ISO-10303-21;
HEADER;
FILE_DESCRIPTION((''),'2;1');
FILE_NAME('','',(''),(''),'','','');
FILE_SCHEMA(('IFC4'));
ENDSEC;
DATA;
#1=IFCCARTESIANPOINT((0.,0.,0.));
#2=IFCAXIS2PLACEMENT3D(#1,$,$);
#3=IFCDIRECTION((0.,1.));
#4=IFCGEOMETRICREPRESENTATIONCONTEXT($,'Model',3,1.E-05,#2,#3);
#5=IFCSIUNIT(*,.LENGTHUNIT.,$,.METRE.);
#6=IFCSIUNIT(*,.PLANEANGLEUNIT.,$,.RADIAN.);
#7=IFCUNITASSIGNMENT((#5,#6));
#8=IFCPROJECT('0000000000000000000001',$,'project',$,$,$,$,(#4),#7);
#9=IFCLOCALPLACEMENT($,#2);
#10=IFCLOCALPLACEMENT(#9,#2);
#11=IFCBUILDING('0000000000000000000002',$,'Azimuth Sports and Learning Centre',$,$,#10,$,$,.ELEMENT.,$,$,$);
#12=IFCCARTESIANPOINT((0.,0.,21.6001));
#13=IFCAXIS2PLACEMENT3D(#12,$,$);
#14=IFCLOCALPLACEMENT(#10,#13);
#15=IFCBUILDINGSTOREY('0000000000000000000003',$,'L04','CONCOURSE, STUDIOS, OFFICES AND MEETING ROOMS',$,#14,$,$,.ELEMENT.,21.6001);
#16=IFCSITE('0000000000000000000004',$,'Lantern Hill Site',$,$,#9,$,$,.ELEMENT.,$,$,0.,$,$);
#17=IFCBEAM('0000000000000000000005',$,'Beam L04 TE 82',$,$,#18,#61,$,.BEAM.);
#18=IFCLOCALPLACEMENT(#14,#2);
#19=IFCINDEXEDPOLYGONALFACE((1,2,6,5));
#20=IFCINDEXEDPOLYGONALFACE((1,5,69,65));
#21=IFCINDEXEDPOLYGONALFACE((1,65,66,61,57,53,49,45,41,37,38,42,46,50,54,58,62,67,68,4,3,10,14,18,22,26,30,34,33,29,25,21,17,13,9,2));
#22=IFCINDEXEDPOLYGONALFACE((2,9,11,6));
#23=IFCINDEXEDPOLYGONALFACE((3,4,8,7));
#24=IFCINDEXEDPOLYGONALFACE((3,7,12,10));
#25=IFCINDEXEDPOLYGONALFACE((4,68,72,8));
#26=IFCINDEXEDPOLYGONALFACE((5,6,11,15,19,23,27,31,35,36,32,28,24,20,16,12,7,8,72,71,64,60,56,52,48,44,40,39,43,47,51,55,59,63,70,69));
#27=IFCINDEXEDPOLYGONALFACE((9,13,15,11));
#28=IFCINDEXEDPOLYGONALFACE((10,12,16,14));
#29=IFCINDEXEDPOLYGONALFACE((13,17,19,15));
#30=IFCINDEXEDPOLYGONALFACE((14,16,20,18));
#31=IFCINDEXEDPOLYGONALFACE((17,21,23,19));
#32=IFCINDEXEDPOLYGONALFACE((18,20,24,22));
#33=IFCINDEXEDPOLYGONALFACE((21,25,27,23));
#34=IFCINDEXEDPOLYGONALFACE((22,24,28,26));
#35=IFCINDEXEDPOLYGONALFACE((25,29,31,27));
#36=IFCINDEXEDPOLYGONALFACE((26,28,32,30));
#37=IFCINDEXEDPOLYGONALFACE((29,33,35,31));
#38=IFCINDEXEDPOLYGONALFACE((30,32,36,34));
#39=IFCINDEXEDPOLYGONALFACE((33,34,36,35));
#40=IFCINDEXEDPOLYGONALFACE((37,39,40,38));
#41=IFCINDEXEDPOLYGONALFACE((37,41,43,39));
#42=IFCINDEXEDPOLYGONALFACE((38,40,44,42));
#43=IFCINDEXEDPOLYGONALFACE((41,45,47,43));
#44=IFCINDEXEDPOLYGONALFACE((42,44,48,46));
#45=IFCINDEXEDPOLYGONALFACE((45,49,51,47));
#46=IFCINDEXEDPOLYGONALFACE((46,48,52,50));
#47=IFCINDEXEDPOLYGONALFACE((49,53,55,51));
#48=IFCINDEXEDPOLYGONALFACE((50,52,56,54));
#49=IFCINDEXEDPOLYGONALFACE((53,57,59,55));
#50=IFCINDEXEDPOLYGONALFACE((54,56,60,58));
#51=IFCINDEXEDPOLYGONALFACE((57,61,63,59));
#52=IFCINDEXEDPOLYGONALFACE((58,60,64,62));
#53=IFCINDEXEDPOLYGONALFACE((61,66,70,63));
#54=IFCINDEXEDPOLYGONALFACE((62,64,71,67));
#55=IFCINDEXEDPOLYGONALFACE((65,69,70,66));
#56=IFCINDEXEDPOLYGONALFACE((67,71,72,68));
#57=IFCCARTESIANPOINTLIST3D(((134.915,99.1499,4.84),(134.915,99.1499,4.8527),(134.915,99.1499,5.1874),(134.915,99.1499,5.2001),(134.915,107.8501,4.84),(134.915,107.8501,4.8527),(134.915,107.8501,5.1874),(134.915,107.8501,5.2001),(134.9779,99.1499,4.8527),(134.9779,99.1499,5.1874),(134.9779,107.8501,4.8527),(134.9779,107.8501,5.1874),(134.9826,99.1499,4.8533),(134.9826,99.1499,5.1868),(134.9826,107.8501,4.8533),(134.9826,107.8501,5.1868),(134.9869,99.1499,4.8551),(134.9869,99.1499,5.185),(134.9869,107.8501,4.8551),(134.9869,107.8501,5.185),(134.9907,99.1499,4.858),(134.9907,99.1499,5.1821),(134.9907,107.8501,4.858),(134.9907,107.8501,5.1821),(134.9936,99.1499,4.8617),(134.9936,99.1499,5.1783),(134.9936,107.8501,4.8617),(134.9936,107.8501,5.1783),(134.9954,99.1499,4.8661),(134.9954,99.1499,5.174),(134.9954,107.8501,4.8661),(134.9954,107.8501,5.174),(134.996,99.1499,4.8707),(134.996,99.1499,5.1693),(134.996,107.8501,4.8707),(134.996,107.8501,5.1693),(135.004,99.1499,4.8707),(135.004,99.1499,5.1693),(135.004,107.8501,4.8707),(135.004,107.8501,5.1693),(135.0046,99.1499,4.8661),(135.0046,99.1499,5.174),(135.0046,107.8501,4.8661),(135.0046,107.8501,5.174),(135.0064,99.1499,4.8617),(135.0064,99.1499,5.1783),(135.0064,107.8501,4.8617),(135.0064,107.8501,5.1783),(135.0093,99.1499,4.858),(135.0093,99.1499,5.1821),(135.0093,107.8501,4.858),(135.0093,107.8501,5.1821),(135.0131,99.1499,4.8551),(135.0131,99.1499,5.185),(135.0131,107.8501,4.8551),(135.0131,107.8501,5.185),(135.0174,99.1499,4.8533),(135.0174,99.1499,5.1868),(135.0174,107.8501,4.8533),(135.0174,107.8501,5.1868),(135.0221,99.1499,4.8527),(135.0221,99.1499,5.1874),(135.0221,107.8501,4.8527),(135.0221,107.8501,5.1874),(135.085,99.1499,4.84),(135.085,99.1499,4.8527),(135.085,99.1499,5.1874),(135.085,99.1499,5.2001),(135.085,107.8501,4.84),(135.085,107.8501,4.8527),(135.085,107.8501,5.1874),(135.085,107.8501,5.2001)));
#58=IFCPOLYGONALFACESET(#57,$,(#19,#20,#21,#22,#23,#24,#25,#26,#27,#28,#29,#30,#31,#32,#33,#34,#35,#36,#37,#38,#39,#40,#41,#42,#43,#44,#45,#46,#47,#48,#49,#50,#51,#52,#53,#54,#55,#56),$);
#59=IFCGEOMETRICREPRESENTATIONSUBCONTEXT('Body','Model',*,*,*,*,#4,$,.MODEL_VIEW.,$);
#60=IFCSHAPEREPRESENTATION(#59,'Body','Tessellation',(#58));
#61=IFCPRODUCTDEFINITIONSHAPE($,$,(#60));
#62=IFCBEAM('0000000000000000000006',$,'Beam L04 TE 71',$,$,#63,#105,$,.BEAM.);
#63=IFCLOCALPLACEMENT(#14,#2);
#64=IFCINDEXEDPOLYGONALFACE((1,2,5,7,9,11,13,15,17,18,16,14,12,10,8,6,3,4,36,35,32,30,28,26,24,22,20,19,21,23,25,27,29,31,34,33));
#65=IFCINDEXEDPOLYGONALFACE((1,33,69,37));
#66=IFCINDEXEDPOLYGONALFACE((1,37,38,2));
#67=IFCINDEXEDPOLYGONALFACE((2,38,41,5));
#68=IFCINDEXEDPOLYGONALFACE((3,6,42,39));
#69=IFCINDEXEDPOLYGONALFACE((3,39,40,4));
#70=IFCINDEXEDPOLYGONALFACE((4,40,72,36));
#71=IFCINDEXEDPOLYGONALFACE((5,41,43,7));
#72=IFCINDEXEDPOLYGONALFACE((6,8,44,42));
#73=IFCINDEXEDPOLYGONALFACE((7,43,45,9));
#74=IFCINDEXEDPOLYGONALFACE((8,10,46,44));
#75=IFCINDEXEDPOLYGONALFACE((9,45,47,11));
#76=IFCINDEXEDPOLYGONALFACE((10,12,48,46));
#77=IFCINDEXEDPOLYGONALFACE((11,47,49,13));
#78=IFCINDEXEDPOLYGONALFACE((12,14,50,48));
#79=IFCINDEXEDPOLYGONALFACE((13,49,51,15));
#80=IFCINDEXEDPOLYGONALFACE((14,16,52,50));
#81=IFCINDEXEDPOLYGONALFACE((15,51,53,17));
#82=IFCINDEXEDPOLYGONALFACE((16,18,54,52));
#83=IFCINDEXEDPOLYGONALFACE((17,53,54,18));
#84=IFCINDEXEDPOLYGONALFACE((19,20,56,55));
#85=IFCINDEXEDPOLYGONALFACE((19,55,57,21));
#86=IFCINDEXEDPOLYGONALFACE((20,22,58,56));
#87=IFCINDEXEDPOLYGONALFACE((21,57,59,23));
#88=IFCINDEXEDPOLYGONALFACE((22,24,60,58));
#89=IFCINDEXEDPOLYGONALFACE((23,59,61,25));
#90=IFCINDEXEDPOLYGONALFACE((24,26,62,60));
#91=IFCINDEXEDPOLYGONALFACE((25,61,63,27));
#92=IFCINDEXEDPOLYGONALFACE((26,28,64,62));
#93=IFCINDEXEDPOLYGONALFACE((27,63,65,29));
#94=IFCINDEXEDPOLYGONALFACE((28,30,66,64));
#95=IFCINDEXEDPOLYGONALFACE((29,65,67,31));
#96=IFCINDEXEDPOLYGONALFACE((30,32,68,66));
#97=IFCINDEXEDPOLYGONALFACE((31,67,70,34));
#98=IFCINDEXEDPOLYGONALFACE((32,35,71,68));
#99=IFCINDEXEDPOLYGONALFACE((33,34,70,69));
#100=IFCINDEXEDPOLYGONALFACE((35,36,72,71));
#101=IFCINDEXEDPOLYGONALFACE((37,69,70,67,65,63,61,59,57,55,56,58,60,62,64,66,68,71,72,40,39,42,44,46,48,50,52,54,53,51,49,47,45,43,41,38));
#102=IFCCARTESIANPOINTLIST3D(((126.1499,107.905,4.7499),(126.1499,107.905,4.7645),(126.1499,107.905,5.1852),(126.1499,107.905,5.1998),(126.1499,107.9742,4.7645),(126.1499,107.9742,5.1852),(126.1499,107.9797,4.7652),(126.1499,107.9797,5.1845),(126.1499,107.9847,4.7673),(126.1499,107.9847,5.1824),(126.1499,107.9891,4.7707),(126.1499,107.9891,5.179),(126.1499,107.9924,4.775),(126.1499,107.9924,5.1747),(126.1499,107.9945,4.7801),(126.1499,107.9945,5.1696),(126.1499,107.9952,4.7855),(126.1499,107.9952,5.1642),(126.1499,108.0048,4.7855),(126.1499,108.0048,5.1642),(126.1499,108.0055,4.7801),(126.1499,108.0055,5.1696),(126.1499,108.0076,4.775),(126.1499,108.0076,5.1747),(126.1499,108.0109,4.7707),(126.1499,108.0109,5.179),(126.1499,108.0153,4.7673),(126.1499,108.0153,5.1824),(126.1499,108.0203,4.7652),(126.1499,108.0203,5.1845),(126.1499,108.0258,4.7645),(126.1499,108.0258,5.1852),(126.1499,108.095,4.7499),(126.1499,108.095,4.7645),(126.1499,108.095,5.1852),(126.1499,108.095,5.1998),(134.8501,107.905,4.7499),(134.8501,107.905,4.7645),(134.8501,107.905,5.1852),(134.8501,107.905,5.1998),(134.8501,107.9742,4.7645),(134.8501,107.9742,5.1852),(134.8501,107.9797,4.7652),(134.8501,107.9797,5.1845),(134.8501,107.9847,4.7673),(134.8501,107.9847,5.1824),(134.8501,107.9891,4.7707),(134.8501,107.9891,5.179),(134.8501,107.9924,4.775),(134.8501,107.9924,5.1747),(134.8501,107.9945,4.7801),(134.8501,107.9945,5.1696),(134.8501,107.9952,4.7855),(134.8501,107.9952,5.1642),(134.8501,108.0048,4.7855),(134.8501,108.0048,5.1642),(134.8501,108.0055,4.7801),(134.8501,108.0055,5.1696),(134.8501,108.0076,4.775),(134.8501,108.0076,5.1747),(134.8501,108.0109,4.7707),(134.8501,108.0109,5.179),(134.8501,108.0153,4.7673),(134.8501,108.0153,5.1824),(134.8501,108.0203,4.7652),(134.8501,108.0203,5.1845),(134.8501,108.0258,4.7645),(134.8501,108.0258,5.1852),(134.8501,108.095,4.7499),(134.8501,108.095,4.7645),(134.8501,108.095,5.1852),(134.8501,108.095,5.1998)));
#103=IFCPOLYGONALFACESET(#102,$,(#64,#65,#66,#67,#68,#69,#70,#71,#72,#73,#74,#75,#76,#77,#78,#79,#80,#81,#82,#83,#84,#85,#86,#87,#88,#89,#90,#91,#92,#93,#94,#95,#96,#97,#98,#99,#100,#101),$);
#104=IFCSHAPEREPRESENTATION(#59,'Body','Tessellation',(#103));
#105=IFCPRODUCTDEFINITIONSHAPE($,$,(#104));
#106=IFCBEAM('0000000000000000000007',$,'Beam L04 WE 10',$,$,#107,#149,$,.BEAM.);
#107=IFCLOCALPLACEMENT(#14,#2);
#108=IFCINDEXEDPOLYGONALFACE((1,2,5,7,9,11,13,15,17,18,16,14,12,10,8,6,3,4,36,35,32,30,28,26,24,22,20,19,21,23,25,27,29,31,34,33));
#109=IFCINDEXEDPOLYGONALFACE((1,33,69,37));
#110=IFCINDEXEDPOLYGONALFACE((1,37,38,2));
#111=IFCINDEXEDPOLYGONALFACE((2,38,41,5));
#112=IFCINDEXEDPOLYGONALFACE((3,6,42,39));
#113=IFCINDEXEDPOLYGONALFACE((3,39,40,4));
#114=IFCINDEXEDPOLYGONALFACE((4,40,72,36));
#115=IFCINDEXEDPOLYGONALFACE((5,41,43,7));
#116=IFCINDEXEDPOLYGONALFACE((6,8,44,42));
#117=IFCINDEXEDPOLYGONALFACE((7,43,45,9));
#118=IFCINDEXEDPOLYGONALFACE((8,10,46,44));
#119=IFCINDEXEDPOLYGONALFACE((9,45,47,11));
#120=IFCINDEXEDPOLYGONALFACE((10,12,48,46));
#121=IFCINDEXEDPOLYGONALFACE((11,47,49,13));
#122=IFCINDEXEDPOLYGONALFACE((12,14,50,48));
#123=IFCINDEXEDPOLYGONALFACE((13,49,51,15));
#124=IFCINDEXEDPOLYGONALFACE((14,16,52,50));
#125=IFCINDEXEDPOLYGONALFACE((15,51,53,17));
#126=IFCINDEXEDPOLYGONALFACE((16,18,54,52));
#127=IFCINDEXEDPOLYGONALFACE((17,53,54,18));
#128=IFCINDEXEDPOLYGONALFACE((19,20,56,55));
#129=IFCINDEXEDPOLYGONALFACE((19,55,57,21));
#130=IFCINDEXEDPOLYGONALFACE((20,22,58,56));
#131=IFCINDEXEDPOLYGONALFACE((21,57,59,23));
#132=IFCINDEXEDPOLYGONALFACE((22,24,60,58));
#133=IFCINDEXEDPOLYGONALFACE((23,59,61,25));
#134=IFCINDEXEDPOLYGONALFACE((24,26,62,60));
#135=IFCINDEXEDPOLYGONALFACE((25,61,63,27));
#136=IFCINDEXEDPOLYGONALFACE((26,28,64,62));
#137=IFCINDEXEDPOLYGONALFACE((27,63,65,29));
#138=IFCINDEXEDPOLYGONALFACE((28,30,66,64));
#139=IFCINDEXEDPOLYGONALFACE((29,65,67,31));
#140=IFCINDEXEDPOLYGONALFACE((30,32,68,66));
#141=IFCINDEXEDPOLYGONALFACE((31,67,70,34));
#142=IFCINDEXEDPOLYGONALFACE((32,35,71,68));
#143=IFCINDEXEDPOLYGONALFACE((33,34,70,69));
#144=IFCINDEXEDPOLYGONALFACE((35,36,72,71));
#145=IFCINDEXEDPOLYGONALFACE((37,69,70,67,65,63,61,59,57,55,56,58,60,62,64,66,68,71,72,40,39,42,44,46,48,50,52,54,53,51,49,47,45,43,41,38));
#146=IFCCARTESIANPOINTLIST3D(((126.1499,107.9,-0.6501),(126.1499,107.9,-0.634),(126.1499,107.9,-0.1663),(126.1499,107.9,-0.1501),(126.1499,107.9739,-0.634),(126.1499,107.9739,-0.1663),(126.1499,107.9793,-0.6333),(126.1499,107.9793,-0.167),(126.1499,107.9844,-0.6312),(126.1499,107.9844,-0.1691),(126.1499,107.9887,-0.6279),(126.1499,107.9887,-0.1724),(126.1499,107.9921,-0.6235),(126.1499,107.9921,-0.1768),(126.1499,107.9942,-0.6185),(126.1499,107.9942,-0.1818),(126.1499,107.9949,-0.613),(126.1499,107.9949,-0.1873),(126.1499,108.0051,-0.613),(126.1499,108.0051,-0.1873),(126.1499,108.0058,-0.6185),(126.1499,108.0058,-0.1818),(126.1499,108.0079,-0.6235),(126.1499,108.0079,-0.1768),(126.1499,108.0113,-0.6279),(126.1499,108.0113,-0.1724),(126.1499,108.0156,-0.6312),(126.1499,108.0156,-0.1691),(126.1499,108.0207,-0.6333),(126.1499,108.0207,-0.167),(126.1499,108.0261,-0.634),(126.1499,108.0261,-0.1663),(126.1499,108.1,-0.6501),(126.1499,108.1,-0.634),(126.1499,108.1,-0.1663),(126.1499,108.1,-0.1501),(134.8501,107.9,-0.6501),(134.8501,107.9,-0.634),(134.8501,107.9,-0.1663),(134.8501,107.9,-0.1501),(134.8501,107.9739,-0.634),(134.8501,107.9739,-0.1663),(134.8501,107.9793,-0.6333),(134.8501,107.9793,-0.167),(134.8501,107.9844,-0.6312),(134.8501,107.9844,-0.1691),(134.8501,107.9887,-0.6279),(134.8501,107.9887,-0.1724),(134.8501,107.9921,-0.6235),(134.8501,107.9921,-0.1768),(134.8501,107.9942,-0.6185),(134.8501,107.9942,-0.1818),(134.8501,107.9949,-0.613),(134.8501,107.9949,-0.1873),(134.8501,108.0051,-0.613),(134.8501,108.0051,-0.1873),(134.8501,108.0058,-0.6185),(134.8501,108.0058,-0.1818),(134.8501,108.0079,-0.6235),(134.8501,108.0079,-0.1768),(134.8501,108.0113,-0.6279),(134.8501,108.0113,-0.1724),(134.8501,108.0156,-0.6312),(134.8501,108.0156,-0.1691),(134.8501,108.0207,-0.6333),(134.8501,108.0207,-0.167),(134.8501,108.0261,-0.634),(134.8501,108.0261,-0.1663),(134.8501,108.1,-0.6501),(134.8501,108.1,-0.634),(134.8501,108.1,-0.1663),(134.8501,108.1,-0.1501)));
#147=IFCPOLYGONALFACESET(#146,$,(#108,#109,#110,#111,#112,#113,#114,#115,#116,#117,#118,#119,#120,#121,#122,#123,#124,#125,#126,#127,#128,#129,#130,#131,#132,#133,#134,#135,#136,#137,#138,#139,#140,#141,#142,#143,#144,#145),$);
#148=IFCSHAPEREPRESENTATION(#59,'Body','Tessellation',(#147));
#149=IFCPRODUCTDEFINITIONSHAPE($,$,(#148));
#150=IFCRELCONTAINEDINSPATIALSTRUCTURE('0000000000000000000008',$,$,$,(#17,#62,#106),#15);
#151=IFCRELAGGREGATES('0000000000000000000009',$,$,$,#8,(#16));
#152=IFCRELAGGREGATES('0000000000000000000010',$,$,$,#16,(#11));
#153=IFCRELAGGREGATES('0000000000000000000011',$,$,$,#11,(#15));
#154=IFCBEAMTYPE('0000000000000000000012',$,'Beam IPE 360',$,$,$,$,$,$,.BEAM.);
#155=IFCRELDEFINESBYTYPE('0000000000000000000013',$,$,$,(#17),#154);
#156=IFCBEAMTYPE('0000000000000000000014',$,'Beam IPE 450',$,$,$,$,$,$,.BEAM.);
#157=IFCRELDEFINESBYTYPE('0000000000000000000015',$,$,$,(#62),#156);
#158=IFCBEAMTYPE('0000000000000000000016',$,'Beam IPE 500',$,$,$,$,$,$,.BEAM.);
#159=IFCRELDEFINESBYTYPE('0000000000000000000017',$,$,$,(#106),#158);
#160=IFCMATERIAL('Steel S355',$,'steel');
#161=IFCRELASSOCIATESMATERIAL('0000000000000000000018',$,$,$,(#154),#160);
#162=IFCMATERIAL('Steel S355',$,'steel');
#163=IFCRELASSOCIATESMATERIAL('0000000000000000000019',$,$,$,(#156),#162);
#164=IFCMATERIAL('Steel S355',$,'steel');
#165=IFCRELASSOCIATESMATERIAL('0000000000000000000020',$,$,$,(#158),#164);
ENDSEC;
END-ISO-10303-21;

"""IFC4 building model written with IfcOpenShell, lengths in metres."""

from ifc_helpers import new_model, si_unit, direction, frame, origin, origin_2d, place, context, subcontext, project, spatial, i_section, extrude, material, material_profile, profile_set, type_object, element, save


model = new_model("IFC4")

# Units and contexts
model_context = context("Model", 3, precision=1e-05, world=origin(), true_north=direction((0.0, 1.0)))
body_context = subcontext(model_context, "Body", "Model", "MODEL_VIEW")
ifc_project = project(units=[si_unit("LENGTHUNIT", "METRE"), si_unit("PLANEANGLEUNIT", "RADIAN")], contexts=[model_context])

# Site, building, storey
site_placement = place(None, origin())
site = spatial("IfcSite", under=ifc_project, at=site_placement, Name="Lantern Hill Site", CompositionType="ELEMENT", RefElevation=0.0)
building_placement = place(site_placement, origin())
building = spatial("IfcBuilding", under=site, at=building_placement, Name="Azimuth Sports and Learning Centre", CompositionType="ELEMENT")
storey_placement = place(building_placement, frame((0.0, 0.0, 21.6001)))
storey = spatial("IfcBuildingStorey", under=building, at=storey_placement, Name="L04", Description="CONCOURSE, STUDIOS, OFFICES AND MEETING ROOMS", CompositionType="ELEMENT", Elevation=21.6001)

# Beams
ifc_material_1 = material(Name="Steel S355", Category="steel")
ifc_material_profile_1 = material_profile(ifc_material_1, i_section(OverallWidth=0.1699, OverallDepth=0.3601, WebThickness=0.0081, FlangeThickness=0.0127, FilletRadius=0.0181, at=origin_2d()), Name="IPE 360")
ifc_profile_set_1 = profile_set([ifc_material_profile_1], Name="Steel S355")
beam_type_1 = type_object("IfcBeamType", Name="Beam IPE 360", PredefinedType="BEAM", material=ifc_profile_set_1)
for number, where, z_axis, x_axis, name in (
    (1, (135.0, 99.1499, 5.02), (0.0, 1.0, 0.0), (-1.0, 0.0, 0.0), "Beam L04 TE 82"),
):
    element("IfcBeam", number, at=place(storey_placement, frame(where, z_axis=z_axis, x_axis=x_axis)), inside=storey, type_object=beam_type_1, Name=name, PredefinedType="BEAM", context=body_context, shape_type="SweptSolid", body=[
        extrude(i_section(OverallWidth=0.1699, OverallDepth=0.3601, WebThickness=0.0081, FlangeThickness=0.0127, FilletRadius=0.0181, at=origin_2d()), origin(), (0.0, 0.0, 1.0), 8.7002),
    ])
ifc_material_2 = material(Name="Steel S355", Category="steel")
ifc_material_profile_2 = material_profile(ifc_material_2, i_section(OverallWidth=0.1899, OverallDepth=0.45, WebThickness=0.0095, FlangeThickness=0.0146, FilletRadius=0.021, at=origin_2d()), Name="IPE 450")
ifc_profile_set_2 = profile_set([ifc_material_profile_2], Name="Steel S355")
beam_type_2 = type_object("IfcBeamType", Name="Beam IPE 450", PredefinedType="BEAM", material=ifc_profile_set_2)
beam_1_placement = place(storey_placement, frame((126.1499, 108.0, 4.9749), z_axis=(1.0, 0.0, 0.0), x_axis=(0.0, 1.0, 0.0)))
element("IfcBeam", 2, at=beam_1_placement, inside=storey, type_object=beam_type_2, Name="Beam L04 TE 71", PredefinedType="BEAM", context=body_context, shape_type="SweptSolid", body=[
    extrude(i_section(OverallWidth=0.1899, OverallDepth=0.45, WebThickness=0.0095, FlangeThickness=0.0146, FilletRadius=0.021, at=origin_2d()), origin(), (0.0, 0.0, 1.0), 8.7002),
])
ifc_material_3 = material(Name="Steel S355", Category="steel")
ifc_material_profile_3 = material_profile(ifc_material_3, i_section(OverallWidth=0.2, OverallDepth=0.5, WebThickness=0.0103, FlangeThickness=0.0161, FilletRadius=0.021, at=origin_2d()), Name="IPE 500")
ifc_profile_set_3 = profile_set([ifc_material_profile_3], Name="Steel S355")
beam_type_3 = type_object("IfcBeamType", Name="Beam IPE 500", PredefinedType="BEAM", material=ifc_profile_set_3)
beam_2_placement = place(storey_placement, frame((126.1499, 108.0, -0.4001), z_axis=(1.0, 0.0, 0.0), x_axis=(0.0, 1.0, 0.0)))
element("IfcBeam", 3, at=beam_2_placement, inside=storey, type_object=beam_type_3, Name="Beam L04 WE 10", PredefinedType="BEAM", context=body_context, shape_type="SweptSolid", body=[
    extrude(i_section(OverallWidth=0.2, OverallDepth=0.5, WebThickness=0.0103, FlangeThickness=0.0161, FilletRadius=0.021, at=origin_2d()), origin(), (0.0, 0.0, 1.0), 8.7002),
])

save(model, "model.ifc")
